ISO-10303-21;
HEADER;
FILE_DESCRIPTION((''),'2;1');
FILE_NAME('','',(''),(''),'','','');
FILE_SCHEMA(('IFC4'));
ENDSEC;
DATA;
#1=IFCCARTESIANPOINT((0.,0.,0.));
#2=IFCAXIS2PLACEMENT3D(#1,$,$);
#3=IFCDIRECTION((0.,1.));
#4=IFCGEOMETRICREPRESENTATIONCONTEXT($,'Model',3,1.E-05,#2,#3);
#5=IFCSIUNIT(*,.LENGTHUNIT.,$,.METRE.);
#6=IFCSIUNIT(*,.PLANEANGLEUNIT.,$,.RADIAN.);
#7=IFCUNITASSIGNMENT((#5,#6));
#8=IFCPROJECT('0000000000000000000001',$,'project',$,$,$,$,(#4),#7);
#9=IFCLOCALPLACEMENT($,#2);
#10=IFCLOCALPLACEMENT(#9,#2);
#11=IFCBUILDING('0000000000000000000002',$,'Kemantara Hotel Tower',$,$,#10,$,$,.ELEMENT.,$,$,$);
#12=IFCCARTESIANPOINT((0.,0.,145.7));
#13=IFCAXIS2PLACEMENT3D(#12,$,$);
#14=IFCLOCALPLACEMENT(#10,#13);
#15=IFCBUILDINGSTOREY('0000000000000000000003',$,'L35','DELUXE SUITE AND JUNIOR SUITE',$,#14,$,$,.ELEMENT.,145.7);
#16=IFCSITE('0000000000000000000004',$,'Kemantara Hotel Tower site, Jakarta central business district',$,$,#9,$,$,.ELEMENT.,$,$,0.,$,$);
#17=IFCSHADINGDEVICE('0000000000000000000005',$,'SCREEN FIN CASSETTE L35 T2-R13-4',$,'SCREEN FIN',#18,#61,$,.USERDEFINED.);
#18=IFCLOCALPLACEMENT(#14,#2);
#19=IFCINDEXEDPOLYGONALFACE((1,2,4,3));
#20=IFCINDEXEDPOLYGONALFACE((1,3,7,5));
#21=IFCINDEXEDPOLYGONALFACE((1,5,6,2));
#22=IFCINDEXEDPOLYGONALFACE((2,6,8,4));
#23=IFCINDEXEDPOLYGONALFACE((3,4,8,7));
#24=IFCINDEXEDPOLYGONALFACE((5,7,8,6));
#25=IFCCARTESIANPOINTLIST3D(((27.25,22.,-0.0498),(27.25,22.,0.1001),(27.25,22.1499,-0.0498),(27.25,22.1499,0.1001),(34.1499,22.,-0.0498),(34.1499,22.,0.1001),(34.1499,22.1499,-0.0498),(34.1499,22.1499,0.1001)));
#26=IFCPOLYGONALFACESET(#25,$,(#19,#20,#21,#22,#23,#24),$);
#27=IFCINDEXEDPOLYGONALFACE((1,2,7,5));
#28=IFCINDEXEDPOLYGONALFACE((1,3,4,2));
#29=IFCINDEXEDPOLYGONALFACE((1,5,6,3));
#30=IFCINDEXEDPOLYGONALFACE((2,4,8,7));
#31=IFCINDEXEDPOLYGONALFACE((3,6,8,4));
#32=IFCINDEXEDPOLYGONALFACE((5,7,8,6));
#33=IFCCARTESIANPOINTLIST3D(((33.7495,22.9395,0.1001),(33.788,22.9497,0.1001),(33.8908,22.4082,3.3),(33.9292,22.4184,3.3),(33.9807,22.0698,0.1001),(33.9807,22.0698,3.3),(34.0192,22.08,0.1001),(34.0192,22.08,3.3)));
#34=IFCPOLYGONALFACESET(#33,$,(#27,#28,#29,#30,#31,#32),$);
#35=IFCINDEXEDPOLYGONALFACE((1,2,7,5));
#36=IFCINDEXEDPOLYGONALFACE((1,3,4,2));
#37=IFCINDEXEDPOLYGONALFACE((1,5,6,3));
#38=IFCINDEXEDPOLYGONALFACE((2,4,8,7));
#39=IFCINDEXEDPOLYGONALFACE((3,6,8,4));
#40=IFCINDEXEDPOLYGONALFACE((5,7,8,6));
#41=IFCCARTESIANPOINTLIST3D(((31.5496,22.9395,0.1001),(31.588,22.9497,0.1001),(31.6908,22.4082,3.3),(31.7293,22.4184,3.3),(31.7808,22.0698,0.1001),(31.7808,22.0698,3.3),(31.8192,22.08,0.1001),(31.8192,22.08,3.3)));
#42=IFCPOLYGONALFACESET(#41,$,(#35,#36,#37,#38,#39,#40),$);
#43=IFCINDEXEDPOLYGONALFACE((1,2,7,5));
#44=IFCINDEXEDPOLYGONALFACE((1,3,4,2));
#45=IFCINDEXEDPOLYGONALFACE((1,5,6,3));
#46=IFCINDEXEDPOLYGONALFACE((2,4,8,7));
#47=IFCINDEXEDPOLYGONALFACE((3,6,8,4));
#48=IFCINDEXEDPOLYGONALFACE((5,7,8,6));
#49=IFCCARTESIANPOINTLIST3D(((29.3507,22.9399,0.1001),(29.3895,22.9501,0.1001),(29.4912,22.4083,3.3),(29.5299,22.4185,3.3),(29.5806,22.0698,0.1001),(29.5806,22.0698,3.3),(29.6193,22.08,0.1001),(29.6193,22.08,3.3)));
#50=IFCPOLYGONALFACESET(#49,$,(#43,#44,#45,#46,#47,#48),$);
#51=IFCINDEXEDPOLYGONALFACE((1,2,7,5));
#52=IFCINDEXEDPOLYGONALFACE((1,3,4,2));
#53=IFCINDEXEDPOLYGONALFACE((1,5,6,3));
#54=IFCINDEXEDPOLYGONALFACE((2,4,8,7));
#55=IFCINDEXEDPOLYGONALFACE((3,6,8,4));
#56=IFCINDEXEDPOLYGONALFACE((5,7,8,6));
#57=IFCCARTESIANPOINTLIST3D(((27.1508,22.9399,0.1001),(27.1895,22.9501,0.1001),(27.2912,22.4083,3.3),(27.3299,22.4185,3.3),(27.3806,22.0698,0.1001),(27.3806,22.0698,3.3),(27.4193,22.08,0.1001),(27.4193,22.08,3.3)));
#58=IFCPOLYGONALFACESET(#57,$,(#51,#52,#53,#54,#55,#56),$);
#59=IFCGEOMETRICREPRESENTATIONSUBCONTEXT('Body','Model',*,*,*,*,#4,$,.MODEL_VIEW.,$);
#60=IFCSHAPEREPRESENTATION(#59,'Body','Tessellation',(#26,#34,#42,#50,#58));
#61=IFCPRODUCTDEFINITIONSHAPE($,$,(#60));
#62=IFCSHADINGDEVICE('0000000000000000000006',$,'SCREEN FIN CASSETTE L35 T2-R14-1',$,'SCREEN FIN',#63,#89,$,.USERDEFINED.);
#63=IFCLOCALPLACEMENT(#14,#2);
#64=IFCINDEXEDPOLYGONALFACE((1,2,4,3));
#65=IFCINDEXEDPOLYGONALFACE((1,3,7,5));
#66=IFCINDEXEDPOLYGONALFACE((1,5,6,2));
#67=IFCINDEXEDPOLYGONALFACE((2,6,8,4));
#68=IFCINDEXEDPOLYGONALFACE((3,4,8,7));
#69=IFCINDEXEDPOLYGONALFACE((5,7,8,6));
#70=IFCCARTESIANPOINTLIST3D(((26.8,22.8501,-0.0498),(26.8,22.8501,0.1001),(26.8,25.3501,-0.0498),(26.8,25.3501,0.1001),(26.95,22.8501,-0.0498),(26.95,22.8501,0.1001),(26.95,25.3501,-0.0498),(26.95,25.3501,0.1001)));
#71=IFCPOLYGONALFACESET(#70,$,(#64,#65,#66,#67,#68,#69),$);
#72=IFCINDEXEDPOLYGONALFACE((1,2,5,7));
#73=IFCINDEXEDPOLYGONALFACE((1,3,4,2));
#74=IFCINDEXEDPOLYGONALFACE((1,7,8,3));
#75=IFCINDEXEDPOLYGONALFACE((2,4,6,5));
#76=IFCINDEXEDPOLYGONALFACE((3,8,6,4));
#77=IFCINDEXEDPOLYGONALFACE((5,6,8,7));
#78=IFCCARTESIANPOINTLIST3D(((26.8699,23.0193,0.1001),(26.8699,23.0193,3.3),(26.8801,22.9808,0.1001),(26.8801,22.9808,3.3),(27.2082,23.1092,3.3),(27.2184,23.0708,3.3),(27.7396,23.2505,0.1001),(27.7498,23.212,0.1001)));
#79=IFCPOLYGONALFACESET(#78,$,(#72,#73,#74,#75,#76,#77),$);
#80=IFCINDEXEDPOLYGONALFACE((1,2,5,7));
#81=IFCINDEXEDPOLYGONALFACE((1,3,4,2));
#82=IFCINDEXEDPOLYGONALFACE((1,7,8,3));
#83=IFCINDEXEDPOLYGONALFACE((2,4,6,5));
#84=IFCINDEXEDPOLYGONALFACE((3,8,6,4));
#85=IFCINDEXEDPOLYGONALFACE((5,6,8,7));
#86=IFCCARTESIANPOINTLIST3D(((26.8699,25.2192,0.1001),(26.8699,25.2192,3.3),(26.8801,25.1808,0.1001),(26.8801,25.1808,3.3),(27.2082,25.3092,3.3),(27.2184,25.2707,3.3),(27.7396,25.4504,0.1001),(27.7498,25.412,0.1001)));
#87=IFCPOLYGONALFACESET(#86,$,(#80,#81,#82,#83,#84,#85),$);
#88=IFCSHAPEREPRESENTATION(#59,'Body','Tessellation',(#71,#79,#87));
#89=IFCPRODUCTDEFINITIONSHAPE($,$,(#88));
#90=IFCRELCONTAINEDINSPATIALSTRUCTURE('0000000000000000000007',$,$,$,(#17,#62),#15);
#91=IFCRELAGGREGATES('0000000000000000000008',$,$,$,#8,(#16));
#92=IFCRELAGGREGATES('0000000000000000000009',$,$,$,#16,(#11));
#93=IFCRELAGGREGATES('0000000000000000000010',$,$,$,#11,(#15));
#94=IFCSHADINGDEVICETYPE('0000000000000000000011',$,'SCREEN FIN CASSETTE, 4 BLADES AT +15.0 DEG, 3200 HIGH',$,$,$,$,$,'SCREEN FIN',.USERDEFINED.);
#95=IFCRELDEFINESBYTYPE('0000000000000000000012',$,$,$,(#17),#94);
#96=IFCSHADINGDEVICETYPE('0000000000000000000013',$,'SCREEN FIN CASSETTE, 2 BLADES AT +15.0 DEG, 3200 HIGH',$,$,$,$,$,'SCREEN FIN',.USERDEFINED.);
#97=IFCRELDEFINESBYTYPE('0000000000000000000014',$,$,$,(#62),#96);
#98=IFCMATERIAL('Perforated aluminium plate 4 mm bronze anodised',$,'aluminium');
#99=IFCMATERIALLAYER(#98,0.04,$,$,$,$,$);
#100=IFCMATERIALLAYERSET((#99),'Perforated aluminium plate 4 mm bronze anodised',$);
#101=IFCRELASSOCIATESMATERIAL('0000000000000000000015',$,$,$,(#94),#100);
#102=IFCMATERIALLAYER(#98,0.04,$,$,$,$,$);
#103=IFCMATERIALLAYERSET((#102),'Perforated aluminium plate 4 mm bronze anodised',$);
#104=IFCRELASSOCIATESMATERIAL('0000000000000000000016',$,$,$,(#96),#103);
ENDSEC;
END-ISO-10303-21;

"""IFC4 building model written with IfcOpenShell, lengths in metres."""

from ifc_helpers import new_model, si_unit, direction, frame, origin, origin_2d, place, context, subcontext, project, spatial, polyline, rectangle, outline, extrude, source, transform, mapped, material, layer, layer_set, type_object, element, save


model = new_model("IFC4")

# Units and contexts
model_context = context("Model", 3, precision=1e-05, world=origin(), true_north=direction((0.0, 1.0)))
body_context = subcontext(model_context, "Body", "Model", "MODEL_VIEW")
ifc_project = project(units=[si_unit("LENGTHUNIT", "METRE"), si_unit("PLANEANGLEUNIT", "RADIAN")], contexts=[model_context])

# Site, building, storey
site_placement = place(None, origin())
site = spatial("IfcSite", under=ifc_project, at=site_placement, Name="Kemantara Hotel Tower site, Jakarta central business district", CompositionType="ELEMENT", RefElevation=0.0)
building_placement = place(site_placement, origin())
building = spatial("IfcBuilding", under=site, at=building_placement, Name="Kemantara Hotel Tower", CompositionType="ELEMENT")
storey_placement = place(building_placement, frame((0.0, 0.0, 145.7)))
storey = spatial("IfcBuildingStorey", under=building, at=storey_placement, Name="L35", Description="DELUXE SUITE AND JUNIOR SUITE", CompositionType="ELEMENT", Elevation=145.7)

# Shading devices
ifc_material_1 = material(Name="Perforated aluminium plate 4 mm bronze anodised", Category="aluminium")
ifc_layer_1 = layer(ifc_material_1, 0.04)
ifc_layer_set_1 = layer_set([ifc_layer_1], Name="Perforated aluminium plate 4 mm bronze anodised")
shading_device_type_1 = type_object("IfcShadingDeviceType", Name="SCREEN FIN CASSETTE, 4 BLADES AT +15.0 DEG, 3200 HIGH", ElementType="SCREEN FIN", PredefinedType="USERDEFINED", material=ifc_layer_set_1)
shared_shape_1 = source(origin(), body_context, "Body", "SweptSolid", [
    extrude(rectangle(XDim=6.8999, YDim=0.1499, at=origin_2d()), frame((3.3, -0.075, -0.1499), z_axis=(0.0, 0.0, 1.0), x_axis=(1.0, 0.0, 0.0)), (0.0, 0.0, 1.0), 0.1499),
    extrude(outline(polyline([(0.0, 0.0), (0.8999, 0.0), (0.3501, 3.2), (0.0, 3.2), (0.0, 0.0)])), frame((0.0193, -0.0698, 0.0), z_axis=(-0.966438, -0.256901, 0.0), x_axis=(0.256901, -0.966438, 0.0)), (0.0, 0.0, 1.0), 0.0398),
    extrude(outline(polyline([(0.0, 0.0), (0.8999, 0.0), (0.3501, 3.2), (0.0, 3.2), (0.0, 0.0)])), frame((2.2192, -0.0698, 0.0), z_axis=(-0.966438, -0.256901, 0.0), x_axis=(0.256901, -0.966438, 0.0)), (0.0, 0.0, 1.0), 0.0398),
    extrude(outline(polyline([(0.0, 0.0), (0.8999, 0.0), (0.3501, 3.2), (0.0, 3.2), (0.0, 0.0)])), frame((4.4194, -0.0698, 0.0), z_axis=(-0.966838, -0.255391, 0.0), x_axis=(0.255391, -0.966838, 0.0)), (0.0, 0.0, 1.0), 0.04),
    extrude(outline(polyline([(0.0, 0.0), (0.8999, 0.0), (0.3501, 3.2), (0.0, 3.2), (0.0, 0.0)])), frame((6.6194, -0.0698, 0.0), z_axis=(-0.966838, -0.255391, 0.0), x_axis=(0.255391, -0.966838, 0.0)), (0.0, 0.0, 1.0), 0.04),
])
shading_device_1_placement = place(storey_placement, frame((34.0, 22.0, 0.1001), z_axis=(0.0, 0.0, 1.0), x_axis=(-1.0, 0.0, 0.0)))
element("IfcShadingDevice", 1, at=shading_device_1_placement, inside=storey, type_object=shading_device_type_1, Name="SCREEN FIN CASSETTE L35 T2-R13-4", ObjectType="SCREEN FIN", PredefinedType="USERDEFINED", context=body_context, shape_type="MappedRepresentation", body=[
    mapped(shared_shape_1, transform((0.0, 0.0, 0.0))),
])
ifc_layer_2 = layer(ifc_material_1, 0.04)
ifc_layer_set_2 = layer_set([ifc_layer_2], Name="Perforated aluminium plate 4 mm bronze anodised")
shading_device_type_2 = type_object("IfcShadingDeviceType", Name="SCREEN FIN CASSETTE, 2 BLADES AT +15.0 DEG, 3200 HIGH", ElementType="SCREEN FIN", PredefinedType="USERDEFINED", material=ifc_layer_set_2)
shared_shape_2 = source(origin(), body_context, "Body", "SweptSolid", [
    extrude(rectangle(XDim=2.5, YDim=0.1499, at=origin_2d()), frame((1.1001, -0.075, -0.1499), z_axis=(0.0, 0.0, 1.0), x_axis=(1.0, 0.0, 0.0)), (0.0, 0.0, 1.0), 0.1499),
    extrude(outline(polyline([(0.0, 0.0), (0.8999, 0.0), (0.3501, 3.2), (0.0, 3.2), (0.0, 0.0)])), frame((0.0193, -0.0698, 0.0), z_axis=(-0.966438, -0.256901, 0.0), x_axis=(0.256901, -0.966438, 0.0)), (0.0, 0.0, 1.0), 0.0398),
    extrude(outline(polyline([(0.0, 0.0), (0.8999, 0.0), (0.3501, 3.2), (0.0, 3.2), (0.0, 0.0)])), frame((2.2192, -0.0698, 0.0), z_axis=(-0.966438, -0.256901, 0.0), x_axis=(0.256901, -0.966438, 0.0)), (0.0, 0.0, 1.0), 0.0398),
])
shading_device_2_placement = place(storey_placement, frame((26.8, 23.0, 0.1001), z_axis=(0.0, 0.0, 1.0), x_axis=(0.0, 1.0, 0.0)))
element("IfcShadingDevice", 2, at=shading_device_2_placement, inside=storey, type_object=shading_device_type_2, Name="SCREEN FIN CASSETTE L35 T2-R14-1", ObjectType="SCREEN FIN", PredefinedType="USERDEFINED", context=body_context, shape_type="MappedRepresentation", body=[
    mapped(shared_shape_2, transform((0.0, 0.0, 0.0))),
])

save(model, "model.ifc")
